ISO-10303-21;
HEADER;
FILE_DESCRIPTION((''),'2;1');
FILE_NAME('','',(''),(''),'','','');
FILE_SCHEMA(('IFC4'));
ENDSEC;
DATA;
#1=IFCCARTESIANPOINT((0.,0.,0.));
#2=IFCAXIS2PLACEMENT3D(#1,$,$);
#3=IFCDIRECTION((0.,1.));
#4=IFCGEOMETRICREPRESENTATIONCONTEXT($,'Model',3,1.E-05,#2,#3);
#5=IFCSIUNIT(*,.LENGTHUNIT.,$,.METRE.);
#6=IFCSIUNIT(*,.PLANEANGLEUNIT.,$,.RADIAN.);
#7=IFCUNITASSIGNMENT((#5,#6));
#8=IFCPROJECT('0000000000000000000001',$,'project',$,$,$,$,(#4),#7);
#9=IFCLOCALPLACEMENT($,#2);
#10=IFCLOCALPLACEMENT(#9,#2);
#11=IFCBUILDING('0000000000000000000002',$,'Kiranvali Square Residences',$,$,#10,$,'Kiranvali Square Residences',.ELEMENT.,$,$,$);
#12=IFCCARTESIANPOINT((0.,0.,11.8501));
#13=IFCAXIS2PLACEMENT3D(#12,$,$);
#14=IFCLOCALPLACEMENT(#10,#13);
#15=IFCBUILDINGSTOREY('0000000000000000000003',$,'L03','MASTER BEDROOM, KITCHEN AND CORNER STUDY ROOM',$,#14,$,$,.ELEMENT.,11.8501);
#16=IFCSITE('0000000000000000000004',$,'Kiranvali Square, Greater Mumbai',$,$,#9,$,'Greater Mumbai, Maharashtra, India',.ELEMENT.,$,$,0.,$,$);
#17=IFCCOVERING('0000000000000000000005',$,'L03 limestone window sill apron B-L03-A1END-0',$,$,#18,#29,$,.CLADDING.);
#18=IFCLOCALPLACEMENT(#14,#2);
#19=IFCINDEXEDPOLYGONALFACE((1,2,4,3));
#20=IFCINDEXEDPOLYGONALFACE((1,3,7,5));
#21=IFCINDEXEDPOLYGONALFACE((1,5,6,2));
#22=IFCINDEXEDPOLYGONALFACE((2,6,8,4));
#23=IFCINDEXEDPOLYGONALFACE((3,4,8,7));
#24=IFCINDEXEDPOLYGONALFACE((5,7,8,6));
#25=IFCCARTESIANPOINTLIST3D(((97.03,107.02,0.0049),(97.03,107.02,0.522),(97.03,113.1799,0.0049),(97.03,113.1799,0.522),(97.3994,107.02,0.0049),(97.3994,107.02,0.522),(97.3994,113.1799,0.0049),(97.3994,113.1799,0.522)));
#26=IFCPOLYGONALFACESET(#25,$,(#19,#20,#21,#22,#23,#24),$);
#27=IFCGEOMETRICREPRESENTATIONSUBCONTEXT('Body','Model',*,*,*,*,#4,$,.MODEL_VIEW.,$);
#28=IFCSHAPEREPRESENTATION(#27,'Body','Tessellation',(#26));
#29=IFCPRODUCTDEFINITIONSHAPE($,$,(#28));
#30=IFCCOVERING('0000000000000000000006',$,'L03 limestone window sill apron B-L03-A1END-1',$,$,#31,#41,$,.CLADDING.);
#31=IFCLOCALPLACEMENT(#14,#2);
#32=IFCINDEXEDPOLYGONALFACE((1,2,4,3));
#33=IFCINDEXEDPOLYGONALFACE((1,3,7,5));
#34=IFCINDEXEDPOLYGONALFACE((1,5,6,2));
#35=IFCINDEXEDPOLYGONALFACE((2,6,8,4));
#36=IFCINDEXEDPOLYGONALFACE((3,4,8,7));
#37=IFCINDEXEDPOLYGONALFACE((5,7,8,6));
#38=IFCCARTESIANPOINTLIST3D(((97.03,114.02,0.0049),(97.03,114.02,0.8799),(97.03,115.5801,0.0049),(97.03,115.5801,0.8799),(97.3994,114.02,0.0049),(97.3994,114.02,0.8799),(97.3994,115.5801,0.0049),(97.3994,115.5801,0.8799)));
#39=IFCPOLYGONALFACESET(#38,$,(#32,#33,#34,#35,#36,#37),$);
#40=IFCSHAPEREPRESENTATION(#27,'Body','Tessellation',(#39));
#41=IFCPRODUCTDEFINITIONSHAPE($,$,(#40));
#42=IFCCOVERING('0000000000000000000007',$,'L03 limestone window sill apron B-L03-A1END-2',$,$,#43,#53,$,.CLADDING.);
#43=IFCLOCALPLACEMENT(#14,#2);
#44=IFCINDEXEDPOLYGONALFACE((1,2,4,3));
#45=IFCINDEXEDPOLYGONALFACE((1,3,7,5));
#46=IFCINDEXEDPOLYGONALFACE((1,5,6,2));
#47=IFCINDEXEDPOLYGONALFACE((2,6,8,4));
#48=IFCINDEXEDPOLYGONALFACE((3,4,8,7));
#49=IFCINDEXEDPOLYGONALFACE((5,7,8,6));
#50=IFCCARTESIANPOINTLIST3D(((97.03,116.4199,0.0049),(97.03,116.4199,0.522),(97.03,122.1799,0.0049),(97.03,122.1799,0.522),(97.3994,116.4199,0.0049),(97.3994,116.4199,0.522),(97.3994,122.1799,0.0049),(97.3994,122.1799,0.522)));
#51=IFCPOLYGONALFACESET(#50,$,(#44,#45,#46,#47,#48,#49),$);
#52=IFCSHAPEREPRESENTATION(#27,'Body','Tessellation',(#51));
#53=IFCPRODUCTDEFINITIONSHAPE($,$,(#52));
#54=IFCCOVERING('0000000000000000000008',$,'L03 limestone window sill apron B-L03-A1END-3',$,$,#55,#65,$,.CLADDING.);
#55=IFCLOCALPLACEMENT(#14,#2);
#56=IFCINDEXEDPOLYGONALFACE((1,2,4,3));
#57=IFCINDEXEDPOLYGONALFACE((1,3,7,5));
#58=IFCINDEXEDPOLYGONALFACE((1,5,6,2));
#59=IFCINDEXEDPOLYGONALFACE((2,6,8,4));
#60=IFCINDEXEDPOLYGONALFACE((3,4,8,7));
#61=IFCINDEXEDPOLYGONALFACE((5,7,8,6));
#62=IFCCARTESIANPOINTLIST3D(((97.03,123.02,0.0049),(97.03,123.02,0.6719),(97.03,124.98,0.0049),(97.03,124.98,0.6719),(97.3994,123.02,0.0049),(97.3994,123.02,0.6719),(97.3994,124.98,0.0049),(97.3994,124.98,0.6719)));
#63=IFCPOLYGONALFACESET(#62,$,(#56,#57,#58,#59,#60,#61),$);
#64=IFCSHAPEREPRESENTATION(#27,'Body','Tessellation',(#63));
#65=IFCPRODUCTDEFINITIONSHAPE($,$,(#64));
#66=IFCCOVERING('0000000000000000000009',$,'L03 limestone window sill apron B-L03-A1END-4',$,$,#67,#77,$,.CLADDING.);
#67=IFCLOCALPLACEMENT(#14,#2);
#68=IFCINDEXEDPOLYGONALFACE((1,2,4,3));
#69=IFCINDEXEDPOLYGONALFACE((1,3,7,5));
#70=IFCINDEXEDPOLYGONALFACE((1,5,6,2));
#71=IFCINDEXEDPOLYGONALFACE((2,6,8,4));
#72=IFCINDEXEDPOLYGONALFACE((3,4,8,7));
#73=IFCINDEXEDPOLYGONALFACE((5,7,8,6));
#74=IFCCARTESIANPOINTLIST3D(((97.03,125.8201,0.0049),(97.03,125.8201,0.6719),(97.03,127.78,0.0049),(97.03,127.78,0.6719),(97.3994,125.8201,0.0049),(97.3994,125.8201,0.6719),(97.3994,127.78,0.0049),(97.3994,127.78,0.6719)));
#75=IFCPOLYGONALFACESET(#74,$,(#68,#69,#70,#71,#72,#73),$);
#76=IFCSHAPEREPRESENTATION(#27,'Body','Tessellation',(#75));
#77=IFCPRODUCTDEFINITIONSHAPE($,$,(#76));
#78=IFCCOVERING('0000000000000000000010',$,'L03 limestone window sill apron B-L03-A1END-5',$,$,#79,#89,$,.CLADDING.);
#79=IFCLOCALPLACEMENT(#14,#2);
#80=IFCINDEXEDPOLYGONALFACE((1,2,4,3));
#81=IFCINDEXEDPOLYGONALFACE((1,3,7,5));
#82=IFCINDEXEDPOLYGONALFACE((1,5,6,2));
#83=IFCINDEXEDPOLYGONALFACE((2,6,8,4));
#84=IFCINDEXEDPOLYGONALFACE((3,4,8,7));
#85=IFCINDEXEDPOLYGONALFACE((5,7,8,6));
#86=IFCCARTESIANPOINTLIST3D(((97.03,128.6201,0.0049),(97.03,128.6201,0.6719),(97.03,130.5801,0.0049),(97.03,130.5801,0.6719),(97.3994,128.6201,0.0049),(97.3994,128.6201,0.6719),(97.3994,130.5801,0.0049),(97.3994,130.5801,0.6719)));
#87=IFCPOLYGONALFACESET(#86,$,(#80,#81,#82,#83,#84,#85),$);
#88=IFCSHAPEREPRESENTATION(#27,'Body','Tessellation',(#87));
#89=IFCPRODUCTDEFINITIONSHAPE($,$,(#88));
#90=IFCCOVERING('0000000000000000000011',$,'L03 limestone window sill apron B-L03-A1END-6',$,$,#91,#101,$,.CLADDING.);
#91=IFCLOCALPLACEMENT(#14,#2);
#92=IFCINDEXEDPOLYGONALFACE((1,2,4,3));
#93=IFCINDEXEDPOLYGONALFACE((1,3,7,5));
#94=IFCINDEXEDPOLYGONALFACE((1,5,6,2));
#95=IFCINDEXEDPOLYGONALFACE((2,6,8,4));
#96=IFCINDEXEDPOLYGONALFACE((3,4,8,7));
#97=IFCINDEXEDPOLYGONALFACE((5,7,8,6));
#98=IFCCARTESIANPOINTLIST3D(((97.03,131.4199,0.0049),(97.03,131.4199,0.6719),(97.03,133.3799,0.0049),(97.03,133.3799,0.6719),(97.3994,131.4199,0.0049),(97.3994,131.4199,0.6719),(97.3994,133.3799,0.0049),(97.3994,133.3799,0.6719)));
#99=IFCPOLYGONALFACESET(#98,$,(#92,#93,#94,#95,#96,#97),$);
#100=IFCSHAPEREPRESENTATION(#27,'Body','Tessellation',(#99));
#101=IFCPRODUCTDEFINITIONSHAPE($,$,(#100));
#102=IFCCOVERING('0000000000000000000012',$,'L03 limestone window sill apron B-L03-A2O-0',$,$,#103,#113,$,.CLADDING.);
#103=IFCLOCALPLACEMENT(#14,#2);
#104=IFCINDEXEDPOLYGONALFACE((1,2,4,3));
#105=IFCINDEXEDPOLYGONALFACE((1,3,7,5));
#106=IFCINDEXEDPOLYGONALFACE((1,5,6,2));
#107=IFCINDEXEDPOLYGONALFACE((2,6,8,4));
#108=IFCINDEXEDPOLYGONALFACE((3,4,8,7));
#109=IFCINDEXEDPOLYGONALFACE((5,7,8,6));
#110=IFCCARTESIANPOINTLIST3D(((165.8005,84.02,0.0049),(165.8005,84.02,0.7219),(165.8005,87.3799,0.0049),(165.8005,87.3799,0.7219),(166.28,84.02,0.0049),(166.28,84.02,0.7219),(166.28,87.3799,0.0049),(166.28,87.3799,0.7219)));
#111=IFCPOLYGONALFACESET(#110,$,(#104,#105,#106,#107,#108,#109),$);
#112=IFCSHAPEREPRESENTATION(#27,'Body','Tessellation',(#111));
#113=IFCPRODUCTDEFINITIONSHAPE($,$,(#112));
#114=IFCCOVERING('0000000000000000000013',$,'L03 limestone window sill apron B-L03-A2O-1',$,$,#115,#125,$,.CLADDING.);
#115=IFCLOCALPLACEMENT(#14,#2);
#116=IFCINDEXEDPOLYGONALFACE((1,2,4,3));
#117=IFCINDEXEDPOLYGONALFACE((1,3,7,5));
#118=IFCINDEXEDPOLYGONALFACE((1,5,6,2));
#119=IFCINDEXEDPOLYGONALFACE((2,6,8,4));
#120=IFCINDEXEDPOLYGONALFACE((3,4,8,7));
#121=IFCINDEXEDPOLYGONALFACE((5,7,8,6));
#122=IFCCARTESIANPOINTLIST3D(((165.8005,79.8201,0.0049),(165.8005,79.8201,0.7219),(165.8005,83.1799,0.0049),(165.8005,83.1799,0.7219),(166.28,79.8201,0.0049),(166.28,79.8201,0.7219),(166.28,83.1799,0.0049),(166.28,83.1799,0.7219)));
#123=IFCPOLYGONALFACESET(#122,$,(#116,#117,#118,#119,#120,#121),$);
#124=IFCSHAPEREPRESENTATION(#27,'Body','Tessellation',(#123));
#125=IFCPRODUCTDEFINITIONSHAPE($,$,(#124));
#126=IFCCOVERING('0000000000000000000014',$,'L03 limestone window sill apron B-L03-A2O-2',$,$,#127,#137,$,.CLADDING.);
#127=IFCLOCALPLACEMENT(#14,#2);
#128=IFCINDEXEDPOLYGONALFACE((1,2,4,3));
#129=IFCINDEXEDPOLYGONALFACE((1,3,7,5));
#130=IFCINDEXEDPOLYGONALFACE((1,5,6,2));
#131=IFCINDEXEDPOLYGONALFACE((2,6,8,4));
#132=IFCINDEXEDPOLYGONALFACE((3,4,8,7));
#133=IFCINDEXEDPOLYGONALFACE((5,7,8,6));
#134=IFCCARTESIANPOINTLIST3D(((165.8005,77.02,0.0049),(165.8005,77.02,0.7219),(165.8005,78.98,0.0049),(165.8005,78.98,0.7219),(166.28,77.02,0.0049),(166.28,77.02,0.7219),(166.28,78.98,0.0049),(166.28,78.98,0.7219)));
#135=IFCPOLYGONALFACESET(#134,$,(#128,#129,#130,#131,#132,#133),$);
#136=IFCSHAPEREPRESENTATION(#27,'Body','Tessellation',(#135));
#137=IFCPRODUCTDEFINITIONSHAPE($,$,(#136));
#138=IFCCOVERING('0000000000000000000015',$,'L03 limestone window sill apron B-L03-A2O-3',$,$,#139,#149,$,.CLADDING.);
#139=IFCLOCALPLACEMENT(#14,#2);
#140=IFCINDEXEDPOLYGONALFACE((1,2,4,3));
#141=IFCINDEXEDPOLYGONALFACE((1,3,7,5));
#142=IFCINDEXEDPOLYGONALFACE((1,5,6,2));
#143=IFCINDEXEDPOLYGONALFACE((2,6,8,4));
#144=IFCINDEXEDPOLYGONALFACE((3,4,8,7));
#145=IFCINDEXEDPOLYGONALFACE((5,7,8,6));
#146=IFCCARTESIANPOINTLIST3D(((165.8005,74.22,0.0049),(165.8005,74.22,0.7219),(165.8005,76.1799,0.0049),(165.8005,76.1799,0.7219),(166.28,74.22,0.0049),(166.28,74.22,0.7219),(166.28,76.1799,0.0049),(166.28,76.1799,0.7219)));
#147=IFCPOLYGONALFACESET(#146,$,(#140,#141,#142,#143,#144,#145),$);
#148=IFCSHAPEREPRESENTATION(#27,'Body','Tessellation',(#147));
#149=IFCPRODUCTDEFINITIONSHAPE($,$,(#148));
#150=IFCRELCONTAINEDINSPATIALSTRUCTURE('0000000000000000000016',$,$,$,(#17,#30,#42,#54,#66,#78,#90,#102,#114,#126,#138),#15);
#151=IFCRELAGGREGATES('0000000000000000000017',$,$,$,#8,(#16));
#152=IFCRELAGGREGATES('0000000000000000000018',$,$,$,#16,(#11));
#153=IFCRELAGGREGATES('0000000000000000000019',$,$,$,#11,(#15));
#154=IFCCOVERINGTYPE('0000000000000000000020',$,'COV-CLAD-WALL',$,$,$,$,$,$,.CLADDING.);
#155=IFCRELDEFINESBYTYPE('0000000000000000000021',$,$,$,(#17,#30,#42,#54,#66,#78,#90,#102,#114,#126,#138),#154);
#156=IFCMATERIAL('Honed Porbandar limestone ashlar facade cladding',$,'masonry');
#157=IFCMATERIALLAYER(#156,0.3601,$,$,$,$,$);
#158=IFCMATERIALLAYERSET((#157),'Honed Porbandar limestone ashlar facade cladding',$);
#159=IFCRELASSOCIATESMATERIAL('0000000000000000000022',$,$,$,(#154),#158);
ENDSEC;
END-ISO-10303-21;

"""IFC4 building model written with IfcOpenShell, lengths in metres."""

from ifc_helpers import new_model, si_unit, direction, frame, origin, place, context, subcontext, project, spatial, polyline, outline, extrude, material, layer, layer_set, type_object, element, save


model = new_model("IFC4")

# Units and contexts
model_context = context("Model", 3, precision=1e-05, world=origin(), true_north=direction((0.0, 1.0)))
body_context = subcontext(model_context, "Body", "Model", "MODEL_VIEW")
ifc_project = project(units=[si_unit("LENGTHUNIT", "METRE"), si_unit("PLANEANGLEUNIT", "RADIAN")], contexts=[model_context])

# Site, building, storey
site_placement = place(None, origin())
site = spatial("IfcSite", under=ifc_project, at=site_placement, Name="Kiranvali Square, Greater Mumbai", LongName="Greater Mumbai, Maharashtra, India", CompositionType="ELEMENT", RefElevation=0.0)
building_placement = place(site_placement, origin())
building = spatial("IfcBuilding", under=site, at=building_placement, Name="Kiranvali Square Residences", LongName="Kiranvali Square Residences", CompositionType="ELEMENT")
storey_placement = place(building_placement, frame((0.0, 0.0, 11.8501)))
storey = spatial("IfcBuildingStorey", under=building, at=storey_placement, Name="L03", Description="MASTER BEDROOM, KITCHEN AND CORNER STUDY ROOM", CompositionType="ELEMENT", Elevation=11.8501)

# Coverings
ifc_material_1 = material(Name="Honed Porbandar limestone ashlar facade cladding", Category="masonry")
ifc_layer_1 = layer(ifc_material_1, 0.3601)
ifc_layer_set_1 = layer_set([ifc_layer_1], Name="Honed Porbandar limestone ashlar facade cladding")
covering_type_1 = type_object("IfcCoveringType", Name="COV-CLAD-WALL", PredefinedType="CLADDING", material=ifc_layer_set_1)
covering_1_placement = place(storey_placement, frame((0.0, 0.0, 0.0049)))
element("IfcCovering", 1, at=covering_1_placement, inside=storey, type_object=covering_type_1, Name="L03 limestone window sill apron B-L03-A1END-0", PredefinedType="CLADDING", context=body_context, shape_type="SweptSolid", body=[
    extrude(outline(polyline([(97.3994, 107.02), (97.3994, 113.1799), (97.03, 113.1799), (97.03, 107.02), (97.3994, 107.02)])), origin(), (0.0, 0.0, 1.0), 0.5171),
])
covering_2_placement = place(storey_placement, frame((0.0, 0.0, 0.0049)))
element("IfcCovering", 2, at=covering_2_placement, inside=storey, type_object=covering_type_1, Name="L03 limestone window sill apron B-L03-A1END-1", PredefinedType="CLADDING", context=body_context, shape_type="SweptSolid", body=[
    extrude(outline(polyline([(97.3994, 114.02), (97.3994, 115.5801), (97.03, 115.5801), (97.03, 114.02), (97.3994, 114.02)])), origin(), (0.0, 0.0, 1.0), 0.875),
])
covering_3_placement = place(storey_placement, frame((0.0, 0.0, 0.0049)))
element("IfcCovering", 3, at=covering_3_placement, inside=storey, type_object=covering_type_1, Name="L03 limestone window sill apron B-L03-A1END-2", PredefinedType="CLADDING", context=body_context, shape_type="SweptSolid", body=[
    extrude(outline(polyline([(97.3994, 116.4199), (97.3994, 122.1799), (97.03, 122.1799), (97.03, 116.4199), (97.3994, 116.4199)])), origin(), (0.0, 0.0, 1.0), 0.5171),
])
covering_4_placement = place(storey_placement, frame((0.0, 0.0, 0.0049)))
element("IfcCovering", 4, at=covering_4_placement, inside=storey, type_object=covering_type_1, Name="L03 limestone window sill apron B-L03-A1END-3", PredefinedType="CLADDING", context=body_context, shape_type="SweptSolid", body=[
    extrude(outline(polyline([(97.3994, 123.02), (97.3994, 124.98), (97.03, 124.98), (97.03, 123.02), (97.3994, 123.02)])), origin(), (0.0, 0.0, 1.0), 0.667),
])
covering_5_placement = place(storey_placement, frame((0.0, 0.0, 0.0049)))
element("IfcCovering", 5, at=covering_5_placement, inside=storey, type_object=covering_type_1, Name="L03 limestone window sill apron B-L03-A1END-4", PredefinedType="CLADDING", context=body_context, shape_type="SweptSolid", body=[
    extrude(outline(polyline([(97.3994, 125.8201), (97.3994, 127.78), (97.03, 127.78), (97.03, 125.8201), (97.3994, 125.8201)])), origin(), (0.0, 0.0, 1.0), 0.667),
])
covering_6_placement = place(storey_placement, frame((0.0, 0.0, 0.0049)))
element("IfcCovering", 6, at=covering_6_placement, inside=storey, type_object=covering_type_1, Name="L03 limestone window sill apron B-L03-A1END-5", PredefinedType="CLADDING", context=body_context, shape_type="SweptSolid", body=[
    extrude(outline(polyline([(97.3994, 128.6201), (97.3994, 130.5801), (97.03, 130.5801), (97.03, 128.6201), (97.3994, 128.6201)])), origin(), (0.0, 0.0, 1.0), 0.667),
])
covering_7_placement = place(storey_placement, frame((0.0, 0.0, 0.0049)))
element("IfcCovering", 7, at=covering_7_placement, inside=storey, type_object=covering_type_1, Name="L03 limestone window sill apron B-L03-A1END-6", PredefinedType="CLADDING", context=body_context, shape_type="SweptSolid", body=[
    extrude(outline(polyline([(97.3994, 131.4199), (97.3994, 133.3799), (97.03, 133.3799), (97.03, 131.4199), (97.3994, 131.4199)])), origin(), (0.0, 0.0, 1.0), 0.667),
])
covering_8_placement = place(storey_placement, frame((0.0, 0.0, 0.0049)))
element("IfcCovering", 8, at=covering_8_placement, inside=storey, type_object=covering_type_1, Name="L03 limestone window sill apron B-L03-A2O-0", PredefinedType="CLADDING", context=body_context, shape_type="SweptSolid", body=[
    extrude(outline(polyline([(165.8005, 87.3799), (165.8005, 84.02), (166.28, 84.02), (166.28, 87.3799), (165.8005, 87.3799)])), origin(), (0.0, 0.0, 1.0), 0.717),
])
covering_9_placement = place(storey_placement, frame((0.0, 0.0, 0.0049)))
element("IfcCovering", 9, at=covering_9_placement, inside=storey, type_object=covering_type_1, Name="L03 limestone window sill apron B-L03-A2O-1", PredefinedType="CLADDING", context=body_context, shape_type="SweptSolid", body=[
    extrude(outline(polyline([(165.8005, 83.1799), (165.8005, 79.8201), (166.28, 79.8201), (166.28, 83.1799), (165.8005, 83.1799)])), origin(), (0.0, 0.0, 1.0), 0.717),
])
covering_10_placement = place(storey_placement, frame((0.0, 0.0, 0.0049)))
element("IfcCovering", 10, at=covering_10_placement, inside=storey, type_object=covering_type_1, Name="L03 limestone window sill apron B-L03-A2O-2", PredefinedType="CLADDING", context=body_context, shape_type="SweptSolid", body=[
    extrude(outline(polyline([(165.8005, 78.98), (165.8005, 77.02), (166.28, 77.02), (166.28, 78.98), (165.8005, 78.98)])), origin(), (0.0, 0.0, 1.0), 0.717),
])
covering_11_placement = place(storey_placement, frame((0.0, 0.0, 0.0049)))
element("IfcCovering", 11, at=covering_11_placement, inside=storey, type_object=covering_type_1, Name="L03 limestone window sill apron B-L03-A2O-3", PredefinedType="CLADDING", context=body_context, shape_type="SweptSolid", body=[
    extrude(outline(polyline([(165.8005, 76.1799), (165.8005, 74.22), (166.28, 74.22), (166.28, 76.1799), (165.8005, 76.1799)])), origin(), (0.0, 0.0, 1.0), 0.717),
])

save(model, "model.ifc")
